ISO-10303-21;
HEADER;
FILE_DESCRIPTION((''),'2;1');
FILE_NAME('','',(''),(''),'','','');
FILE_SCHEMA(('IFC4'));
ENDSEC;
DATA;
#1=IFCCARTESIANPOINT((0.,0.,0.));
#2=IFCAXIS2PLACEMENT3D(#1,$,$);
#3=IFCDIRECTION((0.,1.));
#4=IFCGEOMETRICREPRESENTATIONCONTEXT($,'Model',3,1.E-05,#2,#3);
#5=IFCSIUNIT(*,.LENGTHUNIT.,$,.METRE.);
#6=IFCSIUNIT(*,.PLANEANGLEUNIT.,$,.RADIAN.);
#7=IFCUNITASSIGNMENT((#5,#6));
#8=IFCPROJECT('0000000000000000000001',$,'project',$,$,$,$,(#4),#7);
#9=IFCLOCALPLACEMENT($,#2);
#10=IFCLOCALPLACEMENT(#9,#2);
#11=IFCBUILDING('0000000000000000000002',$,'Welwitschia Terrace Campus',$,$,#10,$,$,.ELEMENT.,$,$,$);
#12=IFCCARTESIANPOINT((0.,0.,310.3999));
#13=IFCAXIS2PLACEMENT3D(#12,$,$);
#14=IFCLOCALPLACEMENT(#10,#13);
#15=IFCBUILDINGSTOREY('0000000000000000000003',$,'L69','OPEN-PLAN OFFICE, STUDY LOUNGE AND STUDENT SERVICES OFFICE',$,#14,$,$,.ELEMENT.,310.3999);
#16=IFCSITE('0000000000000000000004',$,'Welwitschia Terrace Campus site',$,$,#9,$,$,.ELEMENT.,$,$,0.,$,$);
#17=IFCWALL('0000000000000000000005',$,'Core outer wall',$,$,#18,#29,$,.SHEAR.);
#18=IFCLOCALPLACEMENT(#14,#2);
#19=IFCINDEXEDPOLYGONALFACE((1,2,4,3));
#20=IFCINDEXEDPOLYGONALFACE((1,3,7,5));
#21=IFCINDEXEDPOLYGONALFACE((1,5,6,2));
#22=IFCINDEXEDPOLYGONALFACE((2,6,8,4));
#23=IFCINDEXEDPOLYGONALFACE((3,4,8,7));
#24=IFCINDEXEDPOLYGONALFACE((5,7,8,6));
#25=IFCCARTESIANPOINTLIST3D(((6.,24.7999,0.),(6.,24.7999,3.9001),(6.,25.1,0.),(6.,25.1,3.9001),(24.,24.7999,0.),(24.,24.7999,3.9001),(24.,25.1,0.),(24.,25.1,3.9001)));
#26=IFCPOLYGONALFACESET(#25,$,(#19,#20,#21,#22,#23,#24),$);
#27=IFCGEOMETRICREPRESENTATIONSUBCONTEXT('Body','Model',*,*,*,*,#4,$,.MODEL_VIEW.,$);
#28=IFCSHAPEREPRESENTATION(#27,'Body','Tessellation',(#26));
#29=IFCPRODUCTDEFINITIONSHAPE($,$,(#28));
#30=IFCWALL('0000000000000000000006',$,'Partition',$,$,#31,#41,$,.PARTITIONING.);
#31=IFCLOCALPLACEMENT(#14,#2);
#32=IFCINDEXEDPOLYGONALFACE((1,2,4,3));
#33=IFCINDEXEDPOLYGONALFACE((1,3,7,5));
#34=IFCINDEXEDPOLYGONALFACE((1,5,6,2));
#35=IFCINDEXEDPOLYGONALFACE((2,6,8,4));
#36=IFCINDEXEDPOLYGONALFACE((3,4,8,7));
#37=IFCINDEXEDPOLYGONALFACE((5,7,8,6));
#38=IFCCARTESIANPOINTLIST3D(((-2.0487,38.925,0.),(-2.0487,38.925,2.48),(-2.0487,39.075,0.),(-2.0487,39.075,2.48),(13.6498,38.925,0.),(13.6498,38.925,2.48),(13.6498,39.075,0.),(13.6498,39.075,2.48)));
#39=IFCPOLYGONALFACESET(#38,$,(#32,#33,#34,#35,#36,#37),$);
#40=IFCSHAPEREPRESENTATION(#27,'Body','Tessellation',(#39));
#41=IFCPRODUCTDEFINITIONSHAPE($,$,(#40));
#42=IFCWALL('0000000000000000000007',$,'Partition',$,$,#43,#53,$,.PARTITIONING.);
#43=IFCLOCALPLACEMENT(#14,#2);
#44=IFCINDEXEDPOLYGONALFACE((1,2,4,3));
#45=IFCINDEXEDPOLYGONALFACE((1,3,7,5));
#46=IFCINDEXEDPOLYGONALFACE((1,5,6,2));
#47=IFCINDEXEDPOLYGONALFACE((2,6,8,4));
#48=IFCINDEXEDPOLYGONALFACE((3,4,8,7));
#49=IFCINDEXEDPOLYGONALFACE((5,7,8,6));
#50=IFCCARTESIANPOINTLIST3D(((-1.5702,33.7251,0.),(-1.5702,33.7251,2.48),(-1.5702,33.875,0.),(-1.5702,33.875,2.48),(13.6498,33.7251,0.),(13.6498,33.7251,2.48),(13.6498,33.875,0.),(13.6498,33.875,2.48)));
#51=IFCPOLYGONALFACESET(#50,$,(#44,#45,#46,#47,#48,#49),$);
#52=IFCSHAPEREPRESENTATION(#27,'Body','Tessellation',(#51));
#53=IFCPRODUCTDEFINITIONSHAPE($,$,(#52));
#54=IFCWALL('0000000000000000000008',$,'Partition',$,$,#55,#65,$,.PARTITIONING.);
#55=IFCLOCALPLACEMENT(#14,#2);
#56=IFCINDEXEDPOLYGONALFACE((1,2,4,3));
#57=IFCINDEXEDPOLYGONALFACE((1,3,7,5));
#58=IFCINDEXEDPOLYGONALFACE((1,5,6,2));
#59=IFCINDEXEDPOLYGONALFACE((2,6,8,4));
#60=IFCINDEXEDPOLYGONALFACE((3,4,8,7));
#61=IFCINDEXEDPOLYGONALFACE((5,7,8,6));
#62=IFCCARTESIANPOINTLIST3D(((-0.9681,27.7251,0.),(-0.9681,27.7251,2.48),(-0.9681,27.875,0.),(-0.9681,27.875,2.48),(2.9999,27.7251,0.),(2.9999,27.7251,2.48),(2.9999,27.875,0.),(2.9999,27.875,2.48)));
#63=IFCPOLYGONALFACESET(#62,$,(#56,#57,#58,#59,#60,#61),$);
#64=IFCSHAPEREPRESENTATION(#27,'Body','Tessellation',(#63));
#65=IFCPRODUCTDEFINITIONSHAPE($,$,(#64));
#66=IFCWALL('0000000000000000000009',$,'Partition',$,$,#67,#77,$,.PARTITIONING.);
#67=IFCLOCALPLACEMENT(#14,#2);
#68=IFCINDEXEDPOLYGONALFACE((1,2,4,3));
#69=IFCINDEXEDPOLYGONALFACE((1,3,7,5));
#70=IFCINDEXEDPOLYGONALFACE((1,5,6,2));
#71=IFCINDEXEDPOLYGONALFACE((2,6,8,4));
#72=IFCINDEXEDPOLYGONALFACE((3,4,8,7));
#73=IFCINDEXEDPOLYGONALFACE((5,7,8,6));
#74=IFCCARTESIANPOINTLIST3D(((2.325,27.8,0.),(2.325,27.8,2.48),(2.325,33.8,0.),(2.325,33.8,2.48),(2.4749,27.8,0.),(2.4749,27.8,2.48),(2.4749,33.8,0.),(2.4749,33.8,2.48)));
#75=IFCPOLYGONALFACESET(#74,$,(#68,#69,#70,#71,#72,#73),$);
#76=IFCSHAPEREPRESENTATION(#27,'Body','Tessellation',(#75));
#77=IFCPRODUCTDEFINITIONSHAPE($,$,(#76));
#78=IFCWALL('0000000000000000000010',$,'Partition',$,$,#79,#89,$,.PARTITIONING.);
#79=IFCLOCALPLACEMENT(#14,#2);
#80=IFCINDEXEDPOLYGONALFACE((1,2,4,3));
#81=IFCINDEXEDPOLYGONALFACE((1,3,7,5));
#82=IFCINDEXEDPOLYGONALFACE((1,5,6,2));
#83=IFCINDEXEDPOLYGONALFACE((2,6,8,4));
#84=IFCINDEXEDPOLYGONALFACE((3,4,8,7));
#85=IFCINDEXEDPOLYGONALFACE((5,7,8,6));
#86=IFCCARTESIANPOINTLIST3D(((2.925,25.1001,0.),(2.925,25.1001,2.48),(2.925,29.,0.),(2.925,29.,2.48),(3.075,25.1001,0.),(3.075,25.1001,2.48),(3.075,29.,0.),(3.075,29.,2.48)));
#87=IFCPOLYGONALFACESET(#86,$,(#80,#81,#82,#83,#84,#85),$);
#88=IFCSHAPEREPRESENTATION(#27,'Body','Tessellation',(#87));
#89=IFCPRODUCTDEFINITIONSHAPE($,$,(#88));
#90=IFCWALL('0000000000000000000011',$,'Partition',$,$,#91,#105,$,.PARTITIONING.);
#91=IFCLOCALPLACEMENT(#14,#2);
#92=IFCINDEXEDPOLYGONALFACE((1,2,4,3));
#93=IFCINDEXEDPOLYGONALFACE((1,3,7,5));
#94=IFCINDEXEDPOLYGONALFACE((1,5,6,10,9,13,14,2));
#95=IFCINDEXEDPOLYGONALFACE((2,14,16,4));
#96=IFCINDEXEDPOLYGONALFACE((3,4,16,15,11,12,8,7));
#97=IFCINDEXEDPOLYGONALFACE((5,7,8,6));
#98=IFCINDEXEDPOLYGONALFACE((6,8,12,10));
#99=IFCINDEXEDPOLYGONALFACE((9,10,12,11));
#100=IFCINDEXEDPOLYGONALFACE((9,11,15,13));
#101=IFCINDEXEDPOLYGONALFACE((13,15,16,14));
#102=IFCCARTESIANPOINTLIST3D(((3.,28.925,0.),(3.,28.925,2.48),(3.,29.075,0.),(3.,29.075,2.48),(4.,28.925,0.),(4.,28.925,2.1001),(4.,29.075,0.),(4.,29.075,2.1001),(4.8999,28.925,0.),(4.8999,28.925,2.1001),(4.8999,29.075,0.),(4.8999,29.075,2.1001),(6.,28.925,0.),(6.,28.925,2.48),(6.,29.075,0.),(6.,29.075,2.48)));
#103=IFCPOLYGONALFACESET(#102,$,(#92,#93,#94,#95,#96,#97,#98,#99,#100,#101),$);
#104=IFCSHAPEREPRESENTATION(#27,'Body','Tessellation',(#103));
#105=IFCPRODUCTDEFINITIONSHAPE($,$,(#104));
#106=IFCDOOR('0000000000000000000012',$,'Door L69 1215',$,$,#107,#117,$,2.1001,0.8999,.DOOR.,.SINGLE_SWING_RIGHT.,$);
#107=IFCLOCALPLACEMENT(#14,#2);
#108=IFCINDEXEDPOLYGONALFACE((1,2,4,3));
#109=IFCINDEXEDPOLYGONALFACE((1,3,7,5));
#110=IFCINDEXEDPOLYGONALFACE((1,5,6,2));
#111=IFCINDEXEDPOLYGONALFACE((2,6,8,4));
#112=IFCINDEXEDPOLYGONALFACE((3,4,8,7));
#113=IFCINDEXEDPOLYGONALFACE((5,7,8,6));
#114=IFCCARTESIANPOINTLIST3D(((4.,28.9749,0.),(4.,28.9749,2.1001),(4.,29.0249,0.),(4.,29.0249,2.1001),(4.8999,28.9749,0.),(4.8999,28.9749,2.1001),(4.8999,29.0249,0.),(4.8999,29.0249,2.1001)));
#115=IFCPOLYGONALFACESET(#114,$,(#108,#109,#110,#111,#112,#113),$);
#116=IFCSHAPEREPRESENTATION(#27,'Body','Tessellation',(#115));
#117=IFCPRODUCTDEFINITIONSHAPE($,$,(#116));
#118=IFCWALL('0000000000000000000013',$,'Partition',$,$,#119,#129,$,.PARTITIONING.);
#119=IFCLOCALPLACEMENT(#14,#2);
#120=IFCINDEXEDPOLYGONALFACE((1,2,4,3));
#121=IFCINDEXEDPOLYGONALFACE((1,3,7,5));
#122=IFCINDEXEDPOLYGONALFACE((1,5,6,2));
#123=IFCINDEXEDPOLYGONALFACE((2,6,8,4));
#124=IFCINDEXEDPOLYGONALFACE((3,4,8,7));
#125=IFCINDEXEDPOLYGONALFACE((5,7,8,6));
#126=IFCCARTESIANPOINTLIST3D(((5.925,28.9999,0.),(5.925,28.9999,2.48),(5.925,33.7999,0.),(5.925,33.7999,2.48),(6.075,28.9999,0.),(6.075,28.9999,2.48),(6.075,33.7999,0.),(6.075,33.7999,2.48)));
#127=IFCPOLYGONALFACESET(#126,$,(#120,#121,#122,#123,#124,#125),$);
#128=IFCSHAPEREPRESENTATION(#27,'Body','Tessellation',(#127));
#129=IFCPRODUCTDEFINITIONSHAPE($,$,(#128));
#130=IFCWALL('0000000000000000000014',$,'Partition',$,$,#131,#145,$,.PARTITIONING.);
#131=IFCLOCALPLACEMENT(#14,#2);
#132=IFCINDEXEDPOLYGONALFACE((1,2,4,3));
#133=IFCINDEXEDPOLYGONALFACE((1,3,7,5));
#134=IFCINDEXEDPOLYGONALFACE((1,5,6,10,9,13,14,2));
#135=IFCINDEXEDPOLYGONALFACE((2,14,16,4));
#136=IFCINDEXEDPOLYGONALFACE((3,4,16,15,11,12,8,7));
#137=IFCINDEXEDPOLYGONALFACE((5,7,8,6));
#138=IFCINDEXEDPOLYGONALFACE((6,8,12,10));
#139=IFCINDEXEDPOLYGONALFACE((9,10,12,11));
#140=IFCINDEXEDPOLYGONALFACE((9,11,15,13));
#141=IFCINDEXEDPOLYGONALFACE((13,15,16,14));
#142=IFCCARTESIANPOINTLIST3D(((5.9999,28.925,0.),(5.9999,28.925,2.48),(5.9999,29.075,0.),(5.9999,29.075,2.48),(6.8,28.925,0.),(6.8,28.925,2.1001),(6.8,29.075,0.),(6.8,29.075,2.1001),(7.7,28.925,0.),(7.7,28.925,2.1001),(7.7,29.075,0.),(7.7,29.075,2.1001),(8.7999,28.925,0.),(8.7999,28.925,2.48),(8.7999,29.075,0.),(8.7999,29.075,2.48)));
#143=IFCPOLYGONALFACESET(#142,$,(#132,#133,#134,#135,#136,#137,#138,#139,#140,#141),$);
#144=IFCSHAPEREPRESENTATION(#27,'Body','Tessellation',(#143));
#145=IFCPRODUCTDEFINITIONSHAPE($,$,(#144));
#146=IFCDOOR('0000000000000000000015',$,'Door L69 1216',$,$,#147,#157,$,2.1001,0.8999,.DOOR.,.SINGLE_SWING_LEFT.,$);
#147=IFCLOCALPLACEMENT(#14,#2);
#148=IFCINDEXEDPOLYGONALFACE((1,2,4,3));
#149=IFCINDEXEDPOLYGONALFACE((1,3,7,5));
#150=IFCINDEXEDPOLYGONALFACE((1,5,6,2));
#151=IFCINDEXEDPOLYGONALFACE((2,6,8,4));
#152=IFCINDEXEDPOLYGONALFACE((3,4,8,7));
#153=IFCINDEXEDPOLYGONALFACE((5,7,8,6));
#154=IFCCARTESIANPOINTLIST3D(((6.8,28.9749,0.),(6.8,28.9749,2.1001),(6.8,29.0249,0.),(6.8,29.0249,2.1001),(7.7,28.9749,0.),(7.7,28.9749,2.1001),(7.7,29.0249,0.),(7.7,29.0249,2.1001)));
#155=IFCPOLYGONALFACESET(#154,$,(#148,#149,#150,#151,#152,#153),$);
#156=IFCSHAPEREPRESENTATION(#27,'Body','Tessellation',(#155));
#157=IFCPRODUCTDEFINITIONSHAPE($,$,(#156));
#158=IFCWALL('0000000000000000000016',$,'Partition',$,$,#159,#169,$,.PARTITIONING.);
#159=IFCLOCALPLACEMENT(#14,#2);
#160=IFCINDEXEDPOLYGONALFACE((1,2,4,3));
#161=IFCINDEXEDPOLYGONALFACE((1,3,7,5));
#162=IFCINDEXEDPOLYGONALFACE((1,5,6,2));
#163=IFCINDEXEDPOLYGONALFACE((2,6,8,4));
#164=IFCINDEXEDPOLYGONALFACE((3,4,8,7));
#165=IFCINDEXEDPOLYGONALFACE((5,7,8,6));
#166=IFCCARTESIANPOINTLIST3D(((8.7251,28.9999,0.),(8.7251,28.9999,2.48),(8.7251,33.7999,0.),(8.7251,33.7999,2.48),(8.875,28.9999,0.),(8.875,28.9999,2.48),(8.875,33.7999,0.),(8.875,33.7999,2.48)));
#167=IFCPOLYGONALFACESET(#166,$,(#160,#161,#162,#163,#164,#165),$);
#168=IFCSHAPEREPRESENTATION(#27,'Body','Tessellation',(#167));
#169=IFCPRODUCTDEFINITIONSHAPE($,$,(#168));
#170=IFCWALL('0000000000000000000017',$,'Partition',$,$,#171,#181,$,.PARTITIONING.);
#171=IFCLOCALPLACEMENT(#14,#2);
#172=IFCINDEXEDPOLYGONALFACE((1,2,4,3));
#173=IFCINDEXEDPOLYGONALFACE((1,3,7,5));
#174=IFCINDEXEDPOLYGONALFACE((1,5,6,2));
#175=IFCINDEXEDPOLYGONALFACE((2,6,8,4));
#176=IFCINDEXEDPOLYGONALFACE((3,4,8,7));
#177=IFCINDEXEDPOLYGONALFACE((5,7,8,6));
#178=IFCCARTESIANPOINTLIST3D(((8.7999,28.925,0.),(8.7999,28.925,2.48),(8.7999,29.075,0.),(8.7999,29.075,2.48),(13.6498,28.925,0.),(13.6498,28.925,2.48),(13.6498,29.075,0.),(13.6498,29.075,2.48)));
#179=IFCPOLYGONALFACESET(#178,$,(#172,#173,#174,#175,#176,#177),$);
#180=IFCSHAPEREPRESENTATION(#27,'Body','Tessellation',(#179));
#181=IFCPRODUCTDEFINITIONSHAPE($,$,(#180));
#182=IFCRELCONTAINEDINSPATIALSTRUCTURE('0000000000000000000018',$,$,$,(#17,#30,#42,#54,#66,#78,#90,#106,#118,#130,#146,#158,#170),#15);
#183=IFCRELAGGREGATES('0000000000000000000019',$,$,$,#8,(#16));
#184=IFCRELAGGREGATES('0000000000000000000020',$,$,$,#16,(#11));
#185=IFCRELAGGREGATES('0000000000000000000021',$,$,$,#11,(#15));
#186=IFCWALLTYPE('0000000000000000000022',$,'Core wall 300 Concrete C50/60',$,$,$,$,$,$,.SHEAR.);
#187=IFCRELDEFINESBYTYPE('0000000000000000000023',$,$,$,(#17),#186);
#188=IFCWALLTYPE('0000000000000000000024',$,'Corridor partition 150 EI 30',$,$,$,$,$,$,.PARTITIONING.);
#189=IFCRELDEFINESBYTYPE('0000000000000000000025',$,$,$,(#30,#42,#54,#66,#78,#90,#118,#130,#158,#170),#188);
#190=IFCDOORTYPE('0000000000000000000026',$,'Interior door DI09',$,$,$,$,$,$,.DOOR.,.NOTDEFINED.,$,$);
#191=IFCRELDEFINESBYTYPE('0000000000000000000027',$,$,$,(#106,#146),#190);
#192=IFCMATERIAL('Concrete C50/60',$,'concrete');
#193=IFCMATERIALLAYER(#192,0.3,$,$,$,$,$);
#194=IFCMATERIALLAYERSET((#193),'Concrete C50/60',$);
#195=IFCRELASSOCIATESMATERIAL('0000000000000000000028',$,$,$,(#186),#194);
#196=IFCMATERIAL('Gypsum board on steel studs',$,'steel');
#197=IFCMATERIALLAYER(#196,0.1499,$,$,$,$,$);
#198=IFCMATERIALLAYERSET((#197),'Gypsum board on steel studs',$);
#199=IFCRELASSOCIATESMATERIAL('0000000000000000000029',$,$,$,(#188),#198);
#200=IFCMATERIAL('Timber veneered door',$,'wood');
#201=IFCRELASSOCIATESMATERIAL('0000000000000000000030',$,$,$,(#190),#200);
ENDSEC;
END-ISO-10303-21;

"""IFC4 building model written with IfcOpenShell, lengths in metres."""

from ifc_helpers import new_model, si_unit, direction, frame, frame_2d, origin, place, context, subcontext, project, spatial, rectangle, extrude, material, layer, layer_set, type_object, element, fill, save


model = new_model("IFC4")

# Units and contexts
model_context = context("Model", 3, precision=1e-05, world=origin(), true_north=direction((0.0, 1.0)))
body_context = subcontext(model_context, "Body", "Model", "MODEL_VIEW")
ifc_project = project(units=[si_unit("LENGTHUNIT", "METRE"), si_unit("PLANEANGLEUNIT", "RADIAN")], contexts=[model_context])

# Site, building, storey
site_placement = place(None, origin())
site = spatial("IfcSite", under=ifc_project, at=site_placement, Name="Welwitschia Terrace Campus site", CompositionType="ELEMENT", RefElevation=0.0)
building_placement = place(site_placement, origin())
building = spatial("IfcBuilding", under=site, at=building_placement, Name="Welwitschia Terrace Campus", CompositionType="ELEMENT")
storey_placement = place(building_placement, frame((0.0, 0.0, 310.3999)))
storey = spatial("IfcBuildingStorey", under=building, at=storey_placement, Name="L69", Description="OPEN-PLAN OFFICE, STUDY LOUNGE AND STUDENT SERVICES OFFICE", CompositionType="ELEMENT", Elevation=310.3999)

# Walls
ifc_material_1 = material(Name="Concrete C50/60", Category="concrete")
ifc_layer_1 = layer(ifc_material_1, 0.3)
ifc_layer_set_1 = layer_set([ifc_layer_1], Name="Concrete C50/60")
wall_type_1 = type_object("IfcWallType", Name="Core wall 300 Concrete C50/60", PredefinedType="SHEAR", material=ifc_layer_set_1)
wall_1_placement = place(storey_placement, frame((6.0, 24.95, 0.0), z_axis=(0.0, 0.0, 1.0), x_axis=(1.0, 0.0, 0.0)))
element("IfcWall", 1, at=wall_1_placement, inside=storey, type_object=wall_type_1, Name="Core outer wall", PredefinedType="SHEAR", context=body_context, shape_type="SweptSolid", body=[
    extrude(rectangle(XDim=18.0, YDim=0.3, at=frame_2d((9.0, 0.0))), origin(), (0.0, 0.0, 1.0), 3.9001),
])
ifc_material_2 = material(Name="Gypsum board on steel studs", Category="steel")
ifc_layer_2 = layer(ifc_material_2, 0.1499)
ifc_layer_set_2 = layer_set([ifc_layer_2], Name="Gypsum board on steel studs")
wall_type_2 = type_object("IfcWallType", Name="Corridor partition 150 EI 30", PredefinedType="PARTITIONING", material=ifc_layer_set_2)
wall_2_placement = place(storey_placement, frame((-2.0486, 39.0, 0.0), z_axis=(0.0, 0.0, 1.0), x_axis=(1.0, 0.0, 0.0)))
element("IfcWall", 2, at=wall_2_placement, inside=storey, type_object=wall_type_2, Name="Partition", PredefinedType="PARTITIONING", context=body_context, shape_type="SweptSolid", body=[
    extrude(rectangle(XDim=15.6985, YDim=0.1499, at=frame_2d((7.8491, 0.0))), origin(), (0.0, 0.0, 1.0), 2.48),
])
wall_3_placement = place(storey_placement, frame((-1.5701, 33.8, 0.0), z_axis=(0.0, 0.0, 1.0), x_axis=(1.0, 0.0, 0.0)))
element("IfcWall", 3, at=wall_3_placement, inside=storey, type_object=wall_type_2, Name="Partition", PredefinedType="PARTITIONING", context=body_context, shape_type="SweptSolid", body=[
    extrude(rectangle(XDim=15.22, YDim=0.1499, at=frame_2d((7.6099, 0.0))), origin(), (0.0, 0.0, 1.0), 2.48),
])
wall_4_placement = place(storey_placement, frame((-0.968, 27.8, 0.0), z_axis=(0.0, 0.0, 1.0), x_axis=(1.0, 0.0, 0.0)))
element("IfcWall", 4, at=wall_4_placement, inside=storey, type_object=wall_type_2, Name="Partition", PredefinedType="PARTITIONING", context=body_context, shape_type="SweptSolid", body=[
    extrude(rectangle(XDim=3.968, YDim=0.1499, at=frame_2d((1.9839, 0.0))), origin(), (0.0, 0.0, 1.0), 2.48),
])
wall_5_placement = place(storey_placement, frame((2.3999, 27.8, 0.0), z_axis=(0.0, 0.0, 1.0), x_axis=(0.0, 1.0, 0.0)))
element("IfcWall", 5, at=wall_5_placement, inside=storey, type_object=wall_type_2, Name="Partition", PredefinedType="PARTITIONING", context=body_context, shape_type="SweptSolid", body=[
    extrude(rectangle(XDim=6.0, YDim=0.1499, at=frame_2d((3.0, 0.0))), origin(), (0.0, 0.0, 1.0), 2.48),
])
wall_6_placement = place(storey_placement, frame((3.0, 25.1001, 0.0), z_axis=(0.0, 0.0, 1.0), x_axis=(0.0, 1.0, 0.0)))
element("IfcWall", 6, at=wall_6_placement, inside=storey, type_object=wall_type_2, Name="Partition", PredefinedType="PARTITIONING", context=body_context, shape_type="SweptSolid", body=[
    extrude(rectangle(XDim=3.8999, YDim=0.1499, at=frame_2d((1.95, 0.0))), origin(), (0.0, 0.0, 1.0), 2.48),
])

# Wall, opening, door
wall_7_placement = place(storey_placement, frame((3.0, 29.0, 0.0), z_axis=(0.0, 0.0, 1.0), x_axis=(1.0, 0.0, 0.0)))
wall_7 = element("IfcWall", 7, at=wall_7_placement, inside=storey, type_object=wall_type_2, Name="Partition", PredefinedType="PARTITIONING", context=body_context, shape_type="SweptSolid", body=[
    extrude(rectangle(XDim=3.0, YDim=0.1499, at=frame_2d((1.5, 0.0))), origin(), (0.0, 0.0, 1.0), 2.48),
])
opening_1_placement = place(wall_7_placement, frame((1.0, 0.0, 0.0)))
opening_1 = element("IfcOpeningElement", 8, at=opening_1_placement, cuts=wall_7, PredefinedType="OPENING", context=body_context, shape_type="SweptSolid", body=[
    extrude(rectangle(XDim=0.8999, YDim=2.1001, at=frame_2d((0.45, 1.05))), frame((0.0, 0.085, 0.0), z_axis=(0.0, -1.0, 0.0), x_axis=(1.0, 0.0, 0.0)), (0.0, 0.0, 1.0), 0.1699),
])
ifc_material_3 = material(Name="Timber veneered door", Category="wood")
door_type = type_object("IfcDoorType", Name="Interior door DI09", OperationType="NOTDEFINED", PredefinedType="DOOR", material=ifc_material_3)
door_1_placement = place(opening_1_placement, origin())
door_1 = element("IfcDoor", 9, at=door_1_placement, inside=storey, type_object=door_type, Name="Door L69 1215", OperationType="SINGLE_SWING_RIGHT", OverallHeight=2.1001, OverallWidth=0.8999, PredefinedType="DOOR", context=body_context, shape_type="SweptSolid", body=[
    extrude(rectangle(XDim=0.8999, YDim=2.1001, at=frame_2d((0.45, 1.05))), frame((0.0, 0.0249, 0.0), z_axis=(0.0, -1.0, 0.0), x_axis=(1.0, 0.0, 0.0)), (0.0, 0.0, 1.0), 0.05),
])
fill(opening_1, door_1)

# Wall
wall_8_placement = place(storey_placement, frame((6.0, 29.0, 0.0), z_axis=(0.0, 0.0, 1.0), x_axis=(0.0, 1.0, 0.0)))
element("IfcWall", 10, at=wall_8_placement, inside=storey, type_object=wall_type_2, Name="Partition", PredefinedType="PARTITIONING", context=body_context, shape_type="SweptSolid", body=[
    extrude(rectangle(XDim=4.8, YDim=0.1499, at=frame_2d((2.3999, 0.0))), origin(), (0.0, 0.0, 1.0), 2.48),
])

# Wall, opening, door
wall_9_placement = place(storey_placement, frame((6.0, 29.0, 0.0), z_axis=(0.0, 0.0, 1.0), x_axis=(1.0, 0.0, 0.0)))
wall_9 = element("IfcWall", 11, at=wall_9_placement, inside=storey, type_object=wall_type_2, Name="Partition", PredefinedType="PARTITIONING", context=body_context, shape_type="SweptSolid", body=[
    extrude(rectangle(XDim=2.8, YDim=0.1499, at=frame_2d((1.3999, 0.0))), origin(), (0.0, 0.0, 1.0), 2.48),
])
opening_2_placement = place(wall_9_placement, frame((0.8, 0.0, 0.0)))
opening_2 = element("IfcOpeningElement", 12, at=opening_2_placement, cuts=wall_9, PredefinedType="OPENING", context=body_context, shape_type="SweptSolid", body=[
    extrude(rectangle(XDim=0.8999, YDim=2.1001, at=frame_2d((0.45, 1.05))), frame((0.0, 0.085, 0.0), z_axis=(0.0, -1.0, 0.0), x_axis=(1.0, 0.0, 0.0)), (0.0, 0.0, 1.0), 0.1699),
])
door_2_placement = place(opening_2_placement, origin())
door_2 = element("IfcDoor", 13, at=door_2_placement, inside=storey, type_object=door_type, Name="Door L69 1216", OperationType="SINGLE_SWING_LEFT", OverallHeight=2.1001, OverallWidth=0.8999, PredefinedType="DOOR", context=body_context, shape_type="SweptSolid", body=[
    extrude(rectangle(XDim=0.8999, YDim=2.1001, at=frame_2d((0.45, 1.05))), frame((0.0, 0.0249, 0.0), z_axis=(0.0, -1.0, 0.0), x_axis=(1.0, 0.0, 0.0)), (0.0, 0.0, 1.0), 0.05),
])
fill(opening_2, door_2)

# Walls
wall_10_placement = place(storey_placement, frame((8.8, 29.0, 0.0), z_axis=(0.0, 0.0, 1.0), x_axis=(0.0, 1.0, 0.0)))
element("IfcWall", 14, at=wall_10_placement, inside=storey, type_object=wall_type_2, Name="Partition", PredefinedType="PARTITIONING", context=body_context, shape_type="SweptSolid", body=[
    extrude(rectangle(XDim=4.8, YDim=0.1499, at=frame_2d((2.3999, 0.0))), origin(), (0.0, 0.0, 1.0), 2.48),
])
wall_11_placement = place(storey_placement, frame((8.8, 29.0, 0.0), z_axis=(0.0, 0.0, 1.0), x_axis=(1.0, 0.0, 0.0)))
element("IfcWall", 15, at=wall_11_placement, inside=storey, type_object=wall_type_2, Name="Partition", PredefinedType="PARTITIONING", context=body_context, shape_type="SweptSolid", body=[
    extrude(rectangle(XDim=4.8499, YDim=0.1499, at=frame_2d((2.4248, 0.0))), origin(), (0.0, 0.0, 1.0), 2.48),
])

save(model, "model.ifc")
